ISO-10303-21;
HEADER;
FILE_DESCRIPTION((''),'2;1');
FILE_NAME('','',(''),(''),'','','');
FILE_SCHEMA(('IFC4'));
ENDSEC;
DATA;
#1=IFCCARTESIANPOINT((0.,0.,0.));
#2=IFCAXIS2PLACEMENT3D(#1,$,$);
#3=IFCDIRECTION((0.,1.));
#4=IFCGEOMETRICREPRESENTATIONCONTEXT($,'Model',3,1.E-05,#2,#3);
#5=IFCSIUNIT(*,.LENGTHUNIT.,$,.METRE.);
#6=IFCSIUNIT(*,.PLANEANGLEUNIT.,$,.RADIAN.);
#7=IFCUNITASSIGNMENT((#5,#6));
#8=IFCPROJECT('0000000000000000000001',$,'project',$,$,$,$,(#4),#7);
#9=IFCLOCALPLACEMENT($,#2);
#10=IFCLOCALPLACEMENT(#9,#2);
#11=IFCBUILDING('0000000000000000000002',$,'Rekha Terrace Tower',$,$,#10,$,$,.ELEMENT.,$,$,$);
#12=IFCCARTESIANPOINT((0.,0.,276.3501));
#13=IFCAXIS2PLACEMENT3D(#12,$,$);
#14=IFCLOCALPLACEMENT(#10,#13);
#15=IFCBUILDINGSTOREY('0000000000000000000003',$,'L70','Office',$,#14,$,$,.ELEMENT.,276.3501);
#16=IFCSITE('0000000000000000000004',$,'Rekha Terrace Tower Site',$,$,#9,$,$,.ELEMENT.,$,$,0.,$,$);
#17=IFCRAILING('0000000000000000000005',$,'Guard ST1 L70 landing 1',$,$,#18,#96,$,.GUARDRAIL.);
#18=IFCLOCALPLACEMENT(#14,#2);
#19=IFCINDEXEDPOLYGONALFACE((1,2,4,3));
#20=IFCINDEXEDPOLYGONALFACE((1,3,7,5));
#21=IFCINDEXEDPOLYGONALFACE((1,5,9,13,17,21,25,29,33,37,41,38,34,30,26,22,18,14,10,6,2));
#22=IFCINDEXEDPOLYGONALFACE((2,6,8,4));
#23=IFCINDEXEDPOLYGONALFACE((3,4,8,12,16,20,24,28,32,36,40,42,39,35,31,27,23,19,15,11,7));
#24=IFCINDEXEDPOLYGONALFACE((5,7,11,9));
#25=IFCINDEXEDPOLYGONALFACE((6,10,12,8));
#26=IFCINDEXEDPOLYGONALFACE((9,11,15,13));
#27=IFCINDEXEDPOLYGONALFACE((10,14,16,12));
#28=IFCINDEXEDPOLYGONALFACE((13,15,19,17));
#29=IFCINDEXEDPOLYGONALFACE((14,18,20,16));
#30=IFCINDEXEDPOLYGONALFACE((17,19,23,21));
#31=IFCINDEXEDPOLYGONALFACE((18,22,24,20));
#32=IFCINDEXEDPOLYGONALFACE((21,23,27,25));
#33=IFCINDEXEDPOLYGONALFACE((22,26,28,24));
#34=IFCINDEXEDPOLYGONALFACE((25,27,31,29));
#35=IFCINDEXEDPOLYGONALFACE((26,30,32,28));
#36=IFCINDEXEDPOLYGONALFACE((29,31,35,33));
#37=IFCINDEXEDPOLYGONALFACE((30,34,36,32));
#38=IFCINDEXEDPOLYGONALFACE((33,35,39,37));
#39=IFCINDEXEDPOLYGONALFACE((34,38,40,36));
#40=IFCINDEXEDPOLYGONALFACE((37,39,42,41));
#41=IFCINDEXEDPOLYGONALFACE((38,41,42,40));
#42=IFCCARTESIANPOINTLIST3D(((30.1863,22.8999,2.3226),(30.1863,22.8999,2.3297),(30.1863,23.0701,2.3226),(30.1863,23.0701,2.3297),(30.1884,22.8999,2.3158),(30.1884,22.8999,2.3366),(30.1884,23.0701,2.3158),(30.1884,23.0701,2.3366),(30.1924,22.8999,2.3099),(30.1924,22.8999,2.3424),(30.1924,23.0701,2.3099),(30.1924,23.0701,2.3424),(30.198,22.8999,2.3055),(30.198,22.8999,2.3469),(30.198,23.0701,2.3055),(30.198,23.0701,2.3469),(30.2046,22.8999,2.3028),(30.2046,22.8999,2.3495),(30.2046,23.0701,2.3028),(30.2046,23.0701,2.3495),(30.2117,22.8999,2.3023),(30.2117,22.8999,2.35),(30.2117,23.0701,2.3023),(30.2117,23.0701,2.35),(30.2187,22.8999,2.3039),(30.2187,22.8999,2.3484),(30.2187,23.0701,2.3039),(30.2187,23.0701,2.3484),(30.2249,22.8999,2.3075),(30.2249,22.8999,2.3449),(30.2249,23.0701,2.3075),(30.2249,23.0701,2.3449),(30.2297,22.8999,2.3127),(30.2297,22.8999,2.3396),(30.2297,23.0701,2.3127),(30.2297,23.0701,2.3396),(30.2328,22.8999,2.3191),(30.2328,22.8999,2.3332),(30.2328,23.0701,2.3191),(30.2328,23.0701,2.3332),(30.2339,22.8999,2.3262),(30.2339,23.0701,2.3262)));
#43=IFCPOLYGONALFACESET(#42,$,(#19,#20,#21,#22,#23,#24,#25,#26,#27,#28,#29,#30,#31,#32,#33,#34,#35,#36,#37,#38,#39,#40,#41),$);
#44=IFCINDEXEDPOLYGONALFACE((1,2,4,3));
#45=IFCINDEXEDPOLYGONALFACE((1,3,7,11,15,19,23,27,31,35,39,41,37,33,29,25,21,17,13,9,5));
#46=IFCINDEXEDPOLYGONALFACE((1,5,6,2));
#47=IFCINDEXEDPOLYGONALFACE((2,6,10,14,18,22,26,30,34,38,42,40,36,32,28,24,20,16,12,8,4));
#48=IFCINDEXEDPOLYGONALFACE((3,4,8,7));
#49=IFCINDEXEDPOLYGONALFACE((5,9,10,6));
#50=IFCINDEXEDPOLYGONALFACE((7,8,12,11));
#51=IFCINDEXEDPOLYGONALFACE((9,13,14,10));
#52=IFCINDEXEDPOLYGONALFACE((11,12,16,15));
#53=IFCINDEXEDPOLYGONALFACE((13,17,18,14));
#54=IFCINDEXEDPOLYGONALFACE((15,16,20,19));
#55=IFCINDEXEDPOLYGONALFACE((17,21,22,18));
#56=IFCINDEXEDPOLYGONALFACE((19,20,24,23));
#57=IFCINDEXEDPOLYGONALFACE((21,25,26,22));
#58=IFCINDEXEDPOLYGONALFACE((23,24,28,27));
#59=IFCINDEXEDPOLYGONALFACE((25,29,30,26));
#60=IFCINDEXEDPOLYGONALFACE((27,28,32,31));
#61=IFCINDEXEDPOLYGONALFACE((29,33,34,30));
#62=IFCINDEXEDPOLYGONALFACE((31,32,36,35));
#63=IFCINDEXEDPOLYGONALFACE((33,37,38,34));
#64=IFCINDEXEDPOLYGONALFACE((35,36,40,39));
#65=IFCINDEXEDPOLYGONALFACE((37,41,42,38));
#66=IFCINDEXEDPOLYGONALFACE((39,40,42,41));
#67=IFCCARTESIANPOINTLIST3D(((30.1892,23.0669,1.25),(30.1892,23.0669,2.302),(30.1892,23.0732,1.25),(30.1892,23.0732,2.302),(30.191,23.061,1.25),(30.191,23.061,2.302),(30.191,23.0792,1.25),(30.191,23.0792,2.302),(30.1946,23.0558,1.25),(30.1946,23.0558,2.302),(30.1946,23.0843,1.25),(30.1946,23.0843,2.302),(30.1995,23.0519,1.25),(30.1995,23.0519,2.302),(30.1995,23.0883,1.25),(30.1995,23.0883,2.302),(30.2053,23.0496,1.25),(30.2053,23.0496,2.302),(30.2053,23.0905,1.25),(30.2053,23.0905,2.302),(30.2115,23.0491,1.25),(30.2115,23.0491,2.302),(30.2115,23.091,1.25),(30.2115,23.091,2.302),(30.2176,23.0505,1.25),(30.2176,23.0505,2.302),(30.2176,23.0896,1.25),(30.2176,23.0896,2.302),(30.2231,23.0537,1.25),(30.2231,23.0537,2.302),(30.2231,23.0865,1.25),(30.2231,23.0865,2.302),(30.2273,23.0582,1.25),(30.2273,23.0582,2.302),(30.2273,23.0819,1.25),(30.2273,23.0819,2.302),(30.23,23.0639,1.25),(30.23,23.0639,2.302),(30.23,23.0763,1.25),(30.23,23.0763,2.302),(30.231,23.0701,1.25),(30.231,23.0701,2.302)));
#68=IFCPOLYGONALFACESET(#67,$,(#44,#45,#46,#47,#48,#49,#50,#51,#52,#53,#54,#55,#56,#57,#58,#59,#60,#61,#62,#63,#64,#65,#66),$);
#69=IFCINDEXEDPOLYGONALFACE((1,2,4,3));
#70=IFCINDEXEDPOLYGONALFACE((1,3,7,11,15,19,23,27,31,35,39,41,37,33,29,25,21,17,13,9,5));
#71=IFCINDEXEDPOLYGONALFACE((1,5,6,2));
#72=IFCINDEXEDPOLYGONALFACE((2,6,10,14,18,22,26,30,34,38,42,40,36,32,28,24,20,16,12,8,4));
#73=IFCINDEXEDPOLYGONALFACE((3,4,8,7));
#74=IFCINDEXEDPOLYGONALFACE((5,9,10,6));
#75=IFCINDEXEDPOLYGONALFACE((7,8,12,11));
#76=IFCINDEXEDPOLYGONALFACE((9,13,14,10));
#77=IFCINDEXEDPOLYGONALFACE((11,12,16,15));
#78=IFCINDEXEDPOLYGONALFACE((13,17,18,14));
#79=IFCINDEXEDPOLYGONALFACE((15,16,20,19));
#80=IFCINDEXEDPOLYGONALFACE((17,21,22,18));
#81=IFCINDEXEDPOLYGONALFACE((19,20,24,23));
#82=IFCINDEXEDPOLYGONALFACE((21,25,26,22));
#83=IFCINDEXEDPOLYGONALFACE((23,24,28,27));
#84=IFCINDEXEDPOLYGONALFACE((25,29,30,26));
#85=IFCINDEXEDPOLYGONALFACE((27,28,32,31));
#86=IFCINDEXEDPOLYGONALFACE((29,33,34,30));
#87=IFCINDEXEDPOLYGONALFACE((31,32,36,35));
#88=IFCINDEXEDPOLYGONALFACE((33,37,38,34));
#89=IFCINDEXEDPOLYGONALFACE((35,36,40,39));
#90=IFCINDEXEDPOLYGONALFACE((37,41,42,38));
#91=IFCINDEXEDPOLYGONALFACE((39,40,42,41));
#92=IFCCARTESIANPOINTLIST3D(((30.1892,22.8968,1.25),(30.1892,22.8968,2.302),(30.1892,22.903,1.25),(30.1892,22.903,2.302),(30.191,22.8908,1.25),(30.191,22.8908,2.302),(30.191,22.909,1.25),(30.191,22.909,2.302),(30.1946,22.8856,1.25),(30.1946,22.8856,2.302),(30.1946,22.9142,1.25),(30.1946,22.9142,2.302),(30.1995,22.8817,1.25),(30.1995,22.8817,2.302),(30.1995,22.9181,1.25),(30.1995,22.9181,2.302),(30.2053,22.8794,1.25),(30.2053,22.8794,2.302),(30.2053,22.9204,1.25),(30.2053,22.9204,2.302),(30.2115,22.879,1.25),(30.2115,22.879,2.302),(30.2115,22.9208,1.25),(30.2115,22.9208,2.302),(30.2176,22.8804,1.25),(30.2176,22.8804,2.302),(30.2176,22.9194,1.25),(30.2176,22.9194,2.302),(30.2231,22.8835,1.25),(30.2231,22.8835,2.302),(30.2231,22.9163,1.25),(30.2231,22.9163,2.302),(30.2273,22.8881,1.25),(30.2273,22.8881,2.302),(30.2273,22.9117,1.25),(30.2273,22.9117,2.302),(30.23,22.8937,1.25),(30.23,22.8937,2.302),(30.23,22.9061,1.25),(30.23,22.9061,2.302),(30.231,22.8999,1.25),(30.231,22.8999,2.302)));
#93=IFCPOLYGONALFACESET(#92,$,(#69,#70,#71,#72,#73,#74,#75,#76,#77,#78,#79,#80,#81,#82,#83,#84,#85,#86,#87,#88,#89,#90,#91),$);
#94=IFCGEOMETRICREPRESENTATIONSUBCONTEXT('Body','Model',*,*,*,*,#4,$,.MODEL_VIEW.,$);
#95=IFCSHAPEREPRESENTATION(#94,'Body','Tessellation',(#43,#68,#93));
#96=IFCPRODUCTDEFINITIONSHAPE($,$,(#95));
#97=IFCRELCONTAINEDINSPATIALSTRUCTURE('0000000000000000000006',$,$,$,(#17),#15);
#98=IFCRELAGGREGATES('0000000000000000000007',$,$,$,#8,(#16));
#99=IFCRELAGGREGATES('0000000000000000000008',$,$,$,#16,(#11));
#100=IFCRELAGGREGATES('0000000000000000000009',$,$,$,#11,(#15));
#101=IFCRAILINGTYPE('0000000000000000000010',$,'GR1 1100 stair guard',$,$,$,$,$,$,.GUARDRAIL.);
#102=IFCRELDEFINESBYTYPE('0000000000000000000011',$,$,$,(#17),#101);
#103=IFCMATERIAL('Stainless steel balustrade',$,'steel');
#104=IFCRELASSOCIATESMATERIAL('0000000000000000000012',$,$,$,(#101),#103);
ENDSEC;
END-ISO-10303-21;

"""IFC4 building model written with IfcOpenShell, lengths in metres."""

from ifc_helpers import new_model, si_unit, direction, frame, origin, origin_2d, place, context, subcontext, project, spatial, circle, extrude, material, type_object, element, save


model = new_model("IFC4")

# Units and contexts
model_context = context("Model", 3, precision=1e-05, world=origin(), true_north=direction((0.0, 1.0)))
body_context = subcontext(model_context, "Body", "Model", "MODEL_VIEW")
ifc_project = project(units=[si_unit("LENGTHUNIT", "METRE"), si_unit("PLANEANGLEUNIT", "RADIAN")], contexts=[model_context])

# Site, building, storey
site_placement = place(None, origin())
site = spatial("IfcSite", under=ifc_project, at=site_placement, Name="Rekha Terrace Tower Site", CompositionType="ELEMENT", RefElevation=0.0)
building_placement = place(site_placement, origin())
building = spatial("IfcBuilding", under=site, at=building_placement, Name="Rekha Terrace Tower", CompositionType="ELEMENT")
storey_placement = place(building_placement, frame((0.0, 0.0, 276.3501)))
storey = spatial("IfcBuildingStorey", under=building, at=storey_placement, Name="L70", Description="Office", CompositionType="ELEMENT", Elevation=276.3501)

# Railing
ifc_material_1 = material(Name="Stainless steel balustrade", Category="steel")
railing_type_1 = type_object("IfcRailingType", Name="GR1 1100 stair guard", PredefinedType="GUARDRAIL", material=ifc_material_1)
railing_1_placement = place(storey_placement, frame((30.21, 23.0701, 1.25)))
element("IfcRailing", 1, at=railing_1_placement, inside=storey, type_object=railing_type_1, Name="Guard ST1 L70 landing 1", PredefinedType="GUARDRAIL", context=body_context, shape_type="SweptSolid", body=[
    extrude(circle(Radius=0.0239, at=origin_2d()), frame((0.0, 0.0, 1.0762), z_axis=(0.0, -1.0, 0.0), x_axis=(1.0, 0.0, 0.0)), (0.0, 0.0, 1.0), 0.1702),
    extrude(circle(Radius=0.021, at=origin_2d()), origin(), (0.0, 0.0, 1.0), 1.052),
    extrude(circle(Radius=0.021, at=origin_2d()), frame((0.0, -0.1702, 0.0)), (0.0, 0.0, 1.0), 1.052),
])

save(model, "model.ifc")
